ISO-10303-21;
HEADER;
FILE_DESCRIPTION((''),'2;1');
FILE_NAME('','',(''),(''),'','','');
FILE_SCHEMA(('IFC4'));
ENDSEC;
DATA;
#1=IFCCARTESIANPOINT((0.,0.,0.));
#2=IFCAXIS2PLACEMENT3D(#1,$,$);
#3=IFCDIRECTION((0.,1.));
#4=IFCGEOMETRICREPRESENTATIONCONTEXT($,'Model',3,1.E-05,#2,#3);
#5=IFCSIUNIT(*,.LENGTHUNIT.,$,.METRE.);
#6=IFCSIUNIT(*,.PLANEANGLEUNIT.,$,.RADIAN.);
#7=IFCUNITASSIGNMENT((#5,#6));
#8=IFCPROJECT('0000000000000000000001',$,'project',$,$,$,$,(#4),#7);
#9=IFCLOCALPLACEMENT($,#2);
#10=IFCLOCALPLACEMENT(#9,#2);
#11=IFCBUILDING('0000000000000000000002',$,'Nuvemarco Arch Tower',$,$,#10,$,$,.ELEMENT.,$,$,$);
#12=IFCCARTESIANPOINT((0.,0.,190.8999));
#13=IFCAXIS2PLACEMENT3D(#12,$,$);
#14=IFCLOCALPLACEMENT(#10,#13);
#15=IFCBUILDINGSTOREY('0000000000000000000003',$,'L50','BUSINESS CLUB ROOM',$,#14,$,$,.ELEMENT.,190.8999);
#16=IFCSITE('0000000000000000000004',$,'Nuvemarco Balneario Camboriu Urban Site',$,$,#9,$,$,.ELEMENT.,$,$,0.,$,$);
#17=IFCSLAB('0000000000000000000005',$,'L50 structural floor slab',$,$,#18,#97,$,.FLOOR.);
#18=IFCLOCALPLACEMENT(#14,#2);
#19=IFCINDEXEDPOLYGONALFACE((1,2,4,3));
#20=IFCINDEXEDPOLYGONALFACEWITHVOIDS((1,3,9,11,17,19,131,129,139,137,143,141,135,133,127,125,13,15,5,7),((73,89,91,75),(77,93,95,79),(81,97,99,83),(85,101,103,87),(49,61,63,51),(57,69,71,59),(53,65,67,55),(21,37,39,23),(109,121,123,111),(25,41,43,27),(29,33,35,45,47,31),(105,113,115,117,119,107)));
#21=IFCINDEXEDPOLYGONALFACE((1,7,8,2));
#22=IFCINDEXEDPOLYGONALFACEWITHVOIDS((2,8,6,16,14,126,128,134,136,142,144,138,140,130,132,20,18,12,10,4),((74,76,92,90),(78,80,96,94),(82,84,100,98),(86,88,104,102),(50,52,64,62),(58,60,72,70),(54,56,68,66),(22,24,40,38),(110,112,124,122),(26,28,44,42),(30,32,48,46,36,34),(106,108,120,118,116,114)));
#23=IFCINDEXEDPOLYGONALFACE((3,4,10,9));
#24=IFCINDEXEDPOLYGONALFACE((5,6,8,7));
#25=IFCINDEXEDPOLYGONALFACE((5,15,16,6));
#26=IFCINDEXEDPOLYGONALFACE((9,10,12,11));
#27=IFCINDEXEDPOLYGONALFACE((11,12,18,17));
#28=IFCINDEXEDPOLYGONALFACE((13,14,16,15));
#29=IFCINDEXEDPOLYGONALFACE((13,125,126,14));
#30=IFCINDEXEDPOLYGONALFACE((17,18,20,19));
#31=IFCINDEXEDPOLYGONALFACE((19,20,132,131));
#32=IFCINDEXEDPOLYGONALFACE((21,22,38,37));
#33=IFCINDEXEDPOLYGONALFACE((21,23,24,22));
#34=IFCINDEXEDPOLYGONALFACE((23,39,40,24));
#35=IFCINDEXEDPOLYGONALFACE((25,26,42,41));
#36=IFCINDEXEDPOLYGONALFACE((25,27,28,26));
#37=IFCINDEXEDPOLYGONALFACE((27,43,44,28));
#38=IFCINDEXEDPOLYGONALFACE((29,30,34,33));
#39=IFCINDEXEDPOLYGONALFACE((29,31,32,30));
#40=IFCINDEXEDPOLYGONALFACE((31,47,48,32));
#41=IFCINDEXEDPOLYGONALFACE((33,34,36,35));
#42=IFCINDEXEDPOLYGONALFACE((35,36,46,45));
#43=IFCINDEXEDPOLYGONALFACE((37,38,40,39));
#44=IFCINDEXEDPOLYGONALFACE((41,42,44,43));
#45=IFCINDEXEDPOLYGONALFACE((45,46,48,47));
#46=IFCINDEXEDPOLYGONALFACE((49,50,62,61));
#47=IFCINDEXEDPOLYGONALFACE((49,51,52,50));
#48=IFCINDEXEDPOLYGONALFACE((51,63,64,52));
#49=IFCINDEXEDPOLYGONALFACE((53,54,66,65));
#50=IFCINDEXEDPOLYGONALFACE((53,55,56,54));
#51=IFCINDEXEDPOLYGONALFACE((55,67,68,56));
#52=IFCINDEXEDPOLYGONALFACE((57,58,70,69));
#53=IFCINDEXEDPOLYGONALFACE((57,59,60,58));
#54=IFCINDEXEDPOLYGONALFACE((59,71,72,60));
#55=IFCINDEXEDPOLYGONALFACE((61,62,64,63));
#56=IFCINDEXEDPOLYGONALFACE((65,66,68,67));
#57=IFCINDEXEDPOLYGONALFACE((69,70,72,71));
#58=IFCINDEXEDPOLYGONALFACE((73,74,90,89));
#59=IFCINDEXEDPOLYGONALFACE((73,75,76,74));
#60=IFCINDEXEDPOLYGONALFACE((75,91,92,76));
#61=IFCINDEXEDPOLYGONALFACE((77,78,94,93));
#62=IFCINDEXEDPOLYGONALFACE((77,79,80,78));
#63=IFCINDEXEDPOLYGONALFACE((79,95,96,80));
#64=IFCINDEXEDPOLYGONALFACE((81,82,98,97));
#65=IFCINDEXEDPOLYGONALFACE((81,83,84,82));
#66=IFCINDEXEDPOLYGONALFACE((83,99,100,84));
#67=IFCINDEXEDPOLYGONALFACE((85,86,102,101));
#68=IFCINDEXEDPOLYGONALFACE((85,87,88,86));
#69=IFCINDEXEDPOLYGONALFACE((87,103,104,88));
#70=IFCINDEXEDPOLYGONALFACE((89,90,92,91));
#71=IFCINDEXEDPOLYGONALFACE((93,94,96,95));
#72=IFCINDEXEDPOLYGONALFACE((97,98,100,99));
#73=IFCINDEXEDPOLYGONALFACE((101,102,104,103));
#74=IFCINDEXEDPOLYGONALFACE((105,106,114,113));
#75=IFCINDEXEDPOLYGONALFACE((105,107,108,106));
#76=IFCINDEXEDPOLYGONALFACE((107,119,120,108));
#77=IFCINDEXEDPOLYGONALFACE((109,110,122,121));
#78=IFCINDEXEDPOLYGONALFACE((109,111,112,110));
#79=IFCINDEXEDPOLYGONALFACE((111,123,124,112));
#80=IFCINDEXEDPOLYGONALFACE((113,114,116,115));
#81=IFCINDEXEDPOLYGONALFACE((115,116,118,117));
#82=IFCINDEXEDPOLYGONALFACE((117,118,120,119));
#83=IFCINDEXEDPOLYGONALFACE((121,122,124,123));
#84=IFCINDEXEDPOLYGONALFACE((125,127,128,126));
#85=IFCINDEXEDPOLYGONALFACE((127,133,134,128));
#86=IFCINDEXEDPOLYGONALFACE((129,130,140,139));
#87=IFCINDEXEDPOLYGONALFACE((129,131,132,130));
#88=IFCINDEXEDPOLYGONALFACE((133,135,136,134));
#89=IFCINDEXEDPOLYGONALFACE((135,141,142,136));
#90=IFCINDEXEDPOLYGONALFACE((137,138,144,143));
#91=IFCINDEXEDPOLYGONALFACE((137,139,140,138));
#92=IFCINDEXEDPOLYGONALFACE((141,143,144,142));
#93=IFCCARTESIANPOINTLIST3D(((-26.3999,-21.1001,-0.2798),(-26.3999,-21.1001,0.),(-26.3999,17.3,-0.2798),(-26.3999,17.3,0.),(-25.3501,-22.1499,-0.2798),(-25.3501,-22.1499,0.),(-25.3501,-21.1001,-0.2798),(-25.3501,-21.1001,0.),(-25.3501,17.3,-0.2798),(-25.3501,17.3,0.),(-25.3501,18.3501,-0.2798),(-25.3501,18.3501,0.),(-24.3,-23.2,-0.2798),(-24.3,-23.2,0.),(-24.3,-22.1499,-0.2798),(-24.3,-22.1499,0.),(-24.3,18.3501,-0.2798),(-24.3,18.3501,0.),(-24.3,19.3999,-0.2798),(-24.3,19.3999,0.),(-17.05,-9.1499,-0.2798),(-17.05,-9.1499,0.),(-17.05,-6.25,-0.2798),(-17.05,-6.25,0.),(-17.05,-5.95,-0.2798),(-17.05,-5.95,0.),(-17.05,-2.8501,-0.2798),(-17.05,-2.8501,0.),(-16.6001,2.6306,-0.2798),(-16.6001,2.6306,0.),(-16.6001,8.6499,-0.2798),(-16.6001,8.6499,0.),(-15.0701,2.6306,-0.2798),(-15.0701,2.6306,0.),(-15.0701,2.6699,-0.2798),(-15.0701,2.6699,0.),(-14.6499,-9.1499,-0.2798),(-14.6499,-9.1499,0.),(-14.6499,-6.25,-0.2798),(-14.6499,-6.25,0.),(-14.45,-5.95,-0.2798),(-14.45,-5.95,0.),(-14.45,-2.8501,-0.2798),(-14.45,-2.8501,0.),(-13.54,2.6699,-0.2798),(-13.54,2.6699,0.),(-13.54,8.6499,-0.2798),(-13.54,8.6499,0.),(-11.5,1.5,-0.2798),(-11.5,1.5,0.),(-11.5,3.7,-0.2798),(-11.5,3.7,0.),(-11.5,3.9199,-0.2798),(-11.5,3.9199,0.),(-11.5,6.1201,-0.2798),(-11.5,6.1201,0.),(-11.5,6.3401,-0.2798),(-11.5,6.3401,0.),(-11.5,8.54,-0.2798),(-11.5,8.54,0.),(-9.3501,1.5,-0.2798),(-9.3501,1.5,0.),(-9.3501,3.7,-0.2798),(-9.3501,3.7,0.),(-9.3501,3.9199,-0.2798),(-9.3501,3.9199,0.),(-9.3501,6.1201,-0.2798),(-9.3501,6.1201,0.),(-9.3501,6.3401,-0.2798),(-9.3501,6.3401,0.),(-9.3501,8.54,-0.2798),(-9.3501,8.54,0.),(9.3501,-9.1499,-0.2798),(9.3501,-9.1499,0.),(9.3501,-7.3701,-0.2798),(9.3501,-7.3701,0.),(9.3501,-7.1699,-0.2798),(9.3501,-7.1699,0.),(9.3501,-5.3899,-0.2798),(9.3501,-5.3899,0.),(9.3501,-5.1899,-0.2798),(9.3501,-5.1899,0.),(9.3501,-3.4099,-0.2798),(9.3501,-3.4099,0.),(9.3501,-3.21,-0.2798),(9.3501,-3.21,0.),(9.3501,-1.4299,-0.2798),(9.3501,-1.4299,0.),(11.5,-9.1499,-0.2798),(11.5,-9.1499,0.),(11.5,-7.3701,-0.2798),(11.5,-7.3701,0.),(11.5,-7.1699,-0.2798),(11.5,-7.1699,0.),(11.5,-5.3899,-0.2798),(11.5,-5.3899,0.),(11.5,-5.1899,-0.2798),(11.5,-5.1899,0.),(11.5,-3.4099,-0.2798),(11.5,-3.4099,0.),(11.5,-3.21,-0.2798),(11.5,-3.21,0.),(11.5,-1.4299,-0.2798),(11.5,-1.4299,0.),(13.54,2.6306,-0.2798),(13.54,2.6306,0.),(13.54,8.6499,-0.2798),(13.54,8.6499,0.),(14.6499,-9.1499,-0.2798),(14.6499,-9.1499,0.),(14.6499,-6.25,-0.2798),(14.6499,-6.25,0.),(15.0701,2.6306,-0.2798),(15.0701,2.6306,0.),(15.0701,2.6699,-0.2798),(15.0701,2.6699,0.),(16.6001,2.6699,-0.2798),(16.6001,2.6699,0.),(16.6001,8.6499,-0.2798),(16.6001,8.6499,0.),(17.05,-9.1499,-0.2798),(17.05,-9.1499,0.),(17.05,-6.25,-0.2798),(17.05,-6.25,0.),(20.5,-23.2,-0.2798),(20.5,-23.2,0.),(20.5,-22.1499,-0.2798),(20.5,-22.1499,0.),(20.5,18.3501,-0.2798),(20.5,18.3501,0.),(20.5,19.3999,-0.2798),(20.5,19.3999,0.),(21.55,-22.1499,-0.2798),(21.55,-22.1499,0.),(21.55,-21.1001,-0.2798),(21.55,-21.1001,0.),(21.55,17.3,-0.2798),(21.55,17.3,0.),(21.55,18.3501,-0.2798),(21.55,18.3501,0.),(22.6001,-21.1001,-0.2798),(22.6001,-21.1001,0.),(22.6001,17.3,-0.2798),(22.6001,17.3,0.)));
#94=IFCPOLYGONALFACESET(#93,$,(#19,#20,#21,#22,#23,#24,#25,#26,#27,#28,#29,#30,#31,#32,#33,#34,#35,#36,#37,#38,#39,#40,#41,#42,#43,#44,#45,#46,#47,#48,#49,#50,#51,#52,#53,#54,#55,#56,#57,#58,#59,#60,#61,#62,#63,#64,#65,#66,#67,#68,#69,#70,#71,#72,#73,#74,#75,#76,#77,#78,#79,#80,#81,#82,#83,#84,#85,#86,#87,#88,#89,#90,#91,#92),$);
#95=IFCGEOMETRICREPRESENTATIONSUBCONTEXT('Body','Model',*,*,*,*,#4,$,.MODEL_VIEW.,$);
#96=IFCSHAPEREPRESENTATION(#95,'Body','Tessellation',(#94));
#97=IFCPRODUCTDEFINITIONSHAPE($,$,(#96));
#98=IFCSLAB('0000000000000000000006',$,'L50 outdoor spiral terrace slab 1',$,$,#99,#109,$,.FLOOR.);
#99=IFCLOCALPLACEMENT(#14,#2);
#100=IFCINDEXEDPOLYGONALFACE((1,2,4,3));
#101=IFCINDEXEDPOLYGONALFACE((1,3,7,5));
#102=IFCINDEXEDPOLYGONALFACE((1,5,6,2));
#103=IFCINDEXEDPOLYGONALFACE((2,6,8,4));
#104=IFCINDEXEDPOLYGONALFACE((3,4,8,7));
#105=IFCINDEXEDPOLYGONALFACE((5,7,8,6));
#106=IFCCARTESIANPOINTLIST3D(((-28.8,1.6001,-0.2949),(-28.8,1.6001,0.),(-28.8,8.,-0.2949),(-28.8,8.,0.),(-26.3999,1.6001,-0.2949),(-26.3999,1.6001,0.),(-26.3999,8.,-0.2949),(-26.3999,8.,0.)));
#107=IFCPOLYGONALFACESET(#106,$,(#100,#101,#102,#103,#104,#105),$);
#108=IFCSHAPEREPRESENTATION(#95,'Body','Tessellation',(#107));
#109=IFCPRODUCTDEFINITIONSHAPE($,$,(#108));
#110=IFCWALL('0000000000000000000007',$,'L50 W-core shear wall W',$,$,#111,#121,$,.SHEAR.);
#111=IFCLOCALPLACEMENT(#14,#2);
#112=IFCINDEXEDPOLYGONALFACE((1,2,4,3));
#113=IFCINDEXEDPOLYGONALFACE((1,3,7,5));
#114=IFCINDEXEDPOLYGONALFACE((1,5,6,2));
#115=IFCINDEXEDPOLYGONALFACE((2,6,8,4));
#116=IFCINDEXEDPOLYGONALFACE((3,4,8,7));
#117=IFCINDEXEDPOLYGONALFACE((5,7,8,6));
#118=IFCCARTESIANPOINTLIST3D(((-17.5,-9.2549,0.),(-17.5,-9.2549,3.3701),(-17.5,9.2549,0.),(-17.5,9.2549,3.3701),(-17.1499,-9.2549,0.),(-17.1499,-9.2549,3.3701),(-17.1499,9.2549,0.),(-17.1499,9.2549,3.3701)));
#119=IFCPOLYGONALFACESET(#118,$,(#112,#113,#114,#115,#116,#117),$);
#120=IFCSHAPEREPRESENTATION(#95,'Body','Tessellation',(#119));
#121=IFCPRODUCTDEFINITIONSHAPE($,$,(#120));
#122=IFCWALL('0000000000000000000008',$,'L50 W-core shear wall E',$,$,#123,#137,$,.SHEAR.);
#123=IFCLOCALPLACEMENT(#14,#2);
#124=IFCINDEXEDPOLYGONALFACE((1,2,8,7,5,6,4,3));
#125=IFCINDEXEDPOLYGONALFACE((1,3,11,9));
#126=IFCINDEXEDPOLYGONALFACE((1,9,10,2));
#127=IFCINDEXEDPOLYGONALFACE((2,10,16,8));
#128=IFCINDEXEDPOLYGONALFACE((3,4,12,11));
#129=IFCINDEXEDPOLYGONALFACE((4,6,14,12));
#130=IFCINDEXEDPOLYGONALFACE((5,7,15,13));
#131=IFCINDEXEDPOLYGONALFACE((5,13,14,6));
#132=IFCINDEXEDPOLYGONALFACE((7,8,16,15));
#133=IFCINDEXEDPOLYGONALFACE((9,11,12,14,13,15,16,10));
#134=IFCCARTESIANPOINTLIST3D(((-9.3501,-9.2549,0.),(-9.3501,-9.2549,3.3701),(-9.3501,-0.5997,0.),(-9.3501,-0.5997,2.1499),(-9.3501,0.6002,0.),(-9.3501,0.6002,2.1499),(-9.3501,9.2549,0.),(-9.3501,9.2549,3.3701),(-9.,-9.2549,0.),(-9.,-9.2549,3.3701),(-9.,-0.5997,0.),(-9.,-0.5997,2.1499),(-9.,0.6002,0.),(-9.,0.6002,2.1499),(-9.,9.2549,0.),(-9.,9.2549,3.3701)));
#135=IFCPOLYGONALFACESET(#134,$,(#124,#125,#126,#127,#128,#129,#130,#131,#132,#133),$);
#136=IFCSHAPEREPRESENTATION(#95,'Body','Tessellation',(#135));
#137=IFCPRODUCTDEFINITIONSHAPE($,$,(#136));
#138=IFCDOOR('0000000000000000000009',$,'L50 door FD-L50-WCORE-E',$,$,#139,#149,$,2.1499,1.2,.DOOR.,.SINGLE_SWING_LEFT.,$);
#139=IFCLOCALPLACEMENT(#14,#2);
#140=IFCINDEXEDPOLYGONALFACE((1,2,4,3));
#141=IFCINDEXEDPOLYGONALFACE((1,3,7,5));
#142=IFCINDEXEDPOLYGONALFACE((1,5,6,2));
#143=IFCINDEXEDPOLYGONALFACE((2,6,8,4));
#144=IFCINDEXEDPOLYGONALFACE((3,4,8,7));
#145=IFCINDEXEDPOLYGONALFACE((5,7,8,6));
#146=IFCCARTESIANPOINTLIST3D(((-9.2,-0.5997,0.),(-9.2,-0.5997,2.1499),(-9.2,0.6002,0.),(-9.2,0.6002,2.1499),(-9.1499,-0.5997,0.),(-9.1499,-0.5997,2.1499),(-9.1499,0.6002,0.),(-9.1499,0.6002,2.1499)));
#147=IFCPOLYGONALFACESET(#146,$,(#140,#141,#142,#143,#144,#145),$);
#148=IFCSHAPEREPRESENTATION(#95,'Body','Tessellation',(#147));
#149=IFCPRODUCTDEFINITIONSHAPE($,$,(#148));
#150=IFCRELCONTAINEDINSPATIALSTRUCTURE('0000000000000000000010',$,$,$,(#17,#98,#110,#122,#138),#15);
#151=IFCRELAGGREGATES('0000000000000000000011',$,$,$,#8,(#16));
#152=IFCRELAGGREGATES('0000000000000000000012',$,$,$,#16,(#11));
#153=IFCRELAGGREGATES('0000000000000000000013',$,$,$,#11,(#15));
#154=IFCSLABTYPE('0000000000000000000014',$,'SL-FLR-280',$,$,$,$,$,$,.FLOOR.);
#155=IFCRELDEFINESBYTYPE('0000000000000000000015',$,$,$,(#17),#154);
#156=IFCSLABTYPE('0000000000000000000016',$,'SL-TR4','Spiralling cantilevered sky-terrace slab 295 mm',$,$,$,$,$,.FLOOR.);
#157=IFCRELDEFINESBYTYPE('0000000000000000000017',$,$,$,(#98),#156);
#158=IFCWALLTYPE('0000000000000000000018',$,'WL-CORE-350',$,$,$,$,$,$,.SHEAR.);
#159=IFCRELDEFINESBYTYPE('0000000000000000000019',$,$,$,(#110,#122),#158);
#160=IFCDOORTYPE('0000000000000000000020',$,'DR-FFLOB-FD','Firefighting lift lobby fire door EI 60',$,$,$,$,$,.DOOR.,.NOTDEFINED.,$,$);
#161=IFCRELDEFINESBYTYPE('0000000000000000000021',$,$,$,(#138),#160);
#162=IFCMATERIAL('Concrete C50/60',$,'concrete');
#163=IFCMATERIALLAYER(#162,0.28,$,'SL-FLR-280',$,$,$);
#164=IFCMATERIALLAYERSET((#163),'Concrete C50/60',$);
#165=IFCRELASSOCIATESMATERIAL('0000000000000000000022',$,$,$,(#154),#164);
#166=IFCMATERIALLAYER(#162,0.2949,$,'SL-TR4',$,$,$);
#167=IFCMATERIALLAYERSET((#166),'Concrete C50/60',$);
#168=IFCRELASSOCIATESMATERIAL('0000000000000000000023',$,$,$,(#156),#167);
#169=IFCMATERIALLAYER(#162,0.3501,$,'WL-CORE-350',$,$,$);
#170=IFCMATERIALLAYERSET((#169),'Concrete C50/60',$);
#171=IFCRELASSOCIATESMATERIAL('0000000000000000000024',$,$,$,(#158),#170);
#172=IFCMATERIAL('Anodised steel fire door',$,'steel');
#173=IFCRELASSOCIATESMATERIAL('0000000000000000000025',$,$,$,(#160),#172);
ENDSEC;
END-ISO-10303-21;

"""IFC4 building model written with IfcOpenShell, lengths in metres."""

from ifc_helpers import new_model, si_unit, direction, frame, frame_2d, origin, place, context, subcontext, project, spatial, polyline, rectangle, outline, extrude, source, transform, mapped, material, layer, layer_set, type_object, type_shapes, element, fill, save


model = new_model("IFC4")

# Units and contexts
model_context = context("Model", 3, precision=1e-05, world=origin(), true_north=direction((0.0, 1.0)))
body_context = subcontext(model_context, "Body", "Model", "MODEL_VIEW")
ifc_project = project(units=[si_unit("LENGTHUNIT", "METRE"), si_unit("PLANEANGLEUNIT", "RADIAN")], contexts=[model_context])

# Site, building, storey
site_placement = place(None, origin())
site = spatial("IfcSite", under=ifc_project, at=site_placement, Name="Nuvemarco Balneario Camboriu Urban Site", CompositionType="ELEMENT", RefElevation=0.0)
building_placement = place(site_placement, origin())
building = spatial("IfcBuilding", under=site, at=building_placement, Name="Nuvemarco Arch Tower", CompositionType="ELEMENT")
storey_placement = place(building_placement, frame((0.0, 0.0, 190.8999)))
storey = spatial("IfcBuildingStorey", under=building, at=storey_placement, Name="L50", Description="BUSINESS CLUB ROOM", CompositionType="ELEMENT", Elevation=190.8999)

# Shared definitions
ifc_material_1 = material(Name="Concrete C50/60", Category="concrete")

# Slabs
ifc_layer_1 = layer(ifc_material_1, 0.28, Name="SL-FLR-280")
ifc_layer_set_1 = layer_set([ifc_layer_1], Name="Concrete C50/60")
slab_type_1 = type_object("IfcSlabType", Name="SL-FLR-280", PredefinedType="FLOOR", material=ifc_layer_set_1)
slab_1_placement = place(storey_placement, frame((0.0, 0.0, -0.2798)))
element("IfcSlab", 1, at=slab_1_placement, inside=storey, type_object=slab_type_1, Name="L50 structural floor slab", PredefinedType="FLOOR", context=body_context, shape_type="SweptSolid", body=[
    extrude(outline(polyline([(-24.3, -23.2), (20.5, -23.2), (20.5, -22.1499), (21.55, -22.1499), (21.55, -21.1001), (22.6001, -21.1001), (22.6001, 17.3), (21.55, 17.3), (21.55, 18.3501), (20.5, 18.3501), (20.5, 19.3999), (-24.3, 19.3999), (-24.3, 18.3501), (-25.3501, 18.3501), (-25.3501, 17.3), (-26.3999, 17.3), (-26.3999, -21.1001), (-25.3501, -21.1001), (-25.3501, -22.1499), (-24.3, -22.1499), (-24.3, -23.2)]), holes=[polyline([(-13.54, 2.6699), (-13.54, 8.6499), (-16.6001, 8.6499), (-16.6001, 2.6306), (-15.0701, 2.6306), (-15.0701, 2.6699), (-13.54, 2.6699)]), polyline([(16.6001, 2.6699), (16.6001, 8.6499), (13.54, 8.6499), (13.54, 2.6306), (15.0701, 2.6306), (15.0701, 2.6699), (16.6001, 2.6699)]), polyline([(-17.05, -9.1499), (-14.6499, -9.1499), (-14.6499, -6.25), (-17.05, -6.25), (-17.05, -9.1499)]), polyline([(-17.05, -5.95), (-14.45, -5.95), (-14.45, -2.8501), (-17.05, -2.8501), (-17.05, -5.95)]), polyline([(-11.5, 1.5), (-9.3501, 1.5), (-9.3501, 3.7), (-11.5, 3.7), (-11.5, 1.5)]), polyline([(-11.5, 3.9199), (-9.3501, 3.9199), (-9.3501, 6.1201), (-11.5, 6.1201), (-11.5, 3.9199)]), polyline([(-11.5, 6.3401), (-9.3501, 6.3401), (-9.3501, 8.54), (-11.5, 8.54), (-11.5, 6.3401)]), polyline([(14.6499, -9.1499), (17.05, -9.1499), (17.05, -6.25), (14.6499, -6.25), (14.6499, -9.1499)]), polyline([(9.3501, -9.1499), (11.5, -9.1499), (11.5, -7.3701), (9.3501, -7.3701), (9.3501, -9.1499)]), polyline([(9.3501, -7.1699), (11.5, -7.1699), (11.5, -5.3899), (9.3501, -5.3899), (9.3501, -7.1699)]), polyline([(9.3501, -5.1899), (11.5, -5.1899), (11.5, -3.4099), (9.3501, -3.4099), (9.3501, -5.1899)]), polyline([(9.3501, -3.21), (11.5, -3.21), (11.5, -1.4299), (9.3501, -1.4299), (9.3501, -3.21)])]), origin(), (0.0, 0.0, 1.0), 0.2798),
])
ifc_layer_2 = layer(ifc_material_1, 0.2949, Name="SL-TR4")
ifc_layer_set_2 = layer_set([ifc_layer_2], Name="Concrete C50/60")
slab_type_2 = type_object("IfcSlabType", Name="SL-TR4", Description="Spiralling cantilevered sky-terrace slab 295 mm", PredefinedType="FLOOR", material=ifc_layer_set_2)
slab_2_placement = place(storey_placement, frame((0.0, 0.0, -0.2949)))
element("IfcSlab", 2, at=slab_2_placement, inside=storey, type_object=slab_type_2, Name="L50 outdoor spiral terrace slab 1", PredefinedType="FLOOR", context=body_context, shape_type="SweptSolid", body=[
    extrude(outline(polyline([(-28.8, 1.6001), (-26.3999, 1.6001), (-26.3999, 8.0), (-28.8, 8.0), (-28.8, 1.6001)])), origin(), (0.0, 0.0, 1.0), 0.2949),
])

# Wall
ifc_layer_3 = layer(ifc_material_1, 0.3501, Name="WL-CORE-350")
ifc_layer_set_3 = layer_set([ifc_layer_3], Name="Concrete C50/60")
wall_type_1 = type_object("IfcWallType", Name="WL-CORE-350", PredefinedType="SHEAR", material=ifc_layer_set_3)
wall_1_placement = place(storey_placement, frame((-17.325, -9.2549, 0.0), z_axis=(0.0, 0.0, 1.0), x_axis=(0.0, 1.0, 0.0)))
element("IfcWall", 3, at=wall_1_placement, inside=storey, type_object=wall_type_1, Name="L50 W-core shear wall W", PredefinedType="SHEAR", context=body_context, shape_type="SweptSolid", body=[
    extrude(rectangle(XDim=18.5098, YDim=0.3501, at=frame_2d((9.2549, 0.0))), origin(), (0.0, 0.0, 1.0), 3.3701),
])

# Wall, opening, door
wall_2_placement = place(storey_placement, frame((-9.175, -9.2549, 0.0), z_axis=(0.0, 0.0, 1.0), x_axis=(0.0, 1.0, 0.0)))
wall_2 = element("IfcWall", 4, at=wall_2_placement, inside=storey, type_object=wall_type_1, Name="L50 W-core shear wall E", PredefinedType="SHEAR", context=body_context, shape_type="SweptSolid", body=[
    extrude(rectangle(XDim=18.5098, YDim=0.3501, at=frame_2d((9.2549, 0.0))), origin(), (0.0, 0.0, 1.0), 3.3701),
])
opening_1_placement = place(wall_2_placement, frame((8.655, 0.0, 0.0)))
opening_1 = element("IfcOpeningElement", 5, at=opening_1_placement, cuts=wall_2, PredefinedType="OPENING", context=body_context, shape_type="SweptSolid", body=[
    extrude(rectangle(XDim=1.2, YDim=2.1499, at=frame_2d((0.6001, 1.075))), frame((0.0, 0.1851, 0.0), z_axis=(0.0, -1.0, 0.0), x_axis=(1.0, 0.0, 0.0)), (0.0, 0.0, 1.0), 0.3701),
])
ifc_material_2 = material(Name="Anodised steel fire door", Category="steel")
door_type_1 = type_object("IfcDoorType", Name="DR-FFLOB-FD", Description="Firefighting lift lobby fire door EI 60", OperationType="NOTDEFINED", PredefinedType="DOOR", material=ifc_material_2)
shared_shape_1 = source(origin(), body_context, "Body", "SweptSolid", [
    extrude(rectangle(XDim=1.2, YDim=2.1499, at=frame_2d((0.6001, 1.075))), frame((0.0, 0.0249, 0.0), z_axis=(0.0, -1.0, 0.0), x_axis=(1.0, 0.0, 0.0)), (0.0, 0.0, 1.0), 0.05),
])
type_shapes(door_type_1, [shared_shape_1])
door_1_placement = place(opening_1_placement, origin())
door_1 = element("IfcDoor", 6, at=door_1_placement, inside=storey, type_object=door_type_1, Name="L50 door FD-L50-WCORE-E", OperationType="SINGLE_SWING_LEFT", OverallHeight=2.1499, OverallWidth=1.2, PredefinedType="DOOR", context=body_context, shape_type="MappedRepresentation", body=[
    mapped(shared_shape_1, transform((0.0, 0.0, 0.0), scale=1.0)),
])
fill(opening_1, door_1)

save(model, "model.ifc")
